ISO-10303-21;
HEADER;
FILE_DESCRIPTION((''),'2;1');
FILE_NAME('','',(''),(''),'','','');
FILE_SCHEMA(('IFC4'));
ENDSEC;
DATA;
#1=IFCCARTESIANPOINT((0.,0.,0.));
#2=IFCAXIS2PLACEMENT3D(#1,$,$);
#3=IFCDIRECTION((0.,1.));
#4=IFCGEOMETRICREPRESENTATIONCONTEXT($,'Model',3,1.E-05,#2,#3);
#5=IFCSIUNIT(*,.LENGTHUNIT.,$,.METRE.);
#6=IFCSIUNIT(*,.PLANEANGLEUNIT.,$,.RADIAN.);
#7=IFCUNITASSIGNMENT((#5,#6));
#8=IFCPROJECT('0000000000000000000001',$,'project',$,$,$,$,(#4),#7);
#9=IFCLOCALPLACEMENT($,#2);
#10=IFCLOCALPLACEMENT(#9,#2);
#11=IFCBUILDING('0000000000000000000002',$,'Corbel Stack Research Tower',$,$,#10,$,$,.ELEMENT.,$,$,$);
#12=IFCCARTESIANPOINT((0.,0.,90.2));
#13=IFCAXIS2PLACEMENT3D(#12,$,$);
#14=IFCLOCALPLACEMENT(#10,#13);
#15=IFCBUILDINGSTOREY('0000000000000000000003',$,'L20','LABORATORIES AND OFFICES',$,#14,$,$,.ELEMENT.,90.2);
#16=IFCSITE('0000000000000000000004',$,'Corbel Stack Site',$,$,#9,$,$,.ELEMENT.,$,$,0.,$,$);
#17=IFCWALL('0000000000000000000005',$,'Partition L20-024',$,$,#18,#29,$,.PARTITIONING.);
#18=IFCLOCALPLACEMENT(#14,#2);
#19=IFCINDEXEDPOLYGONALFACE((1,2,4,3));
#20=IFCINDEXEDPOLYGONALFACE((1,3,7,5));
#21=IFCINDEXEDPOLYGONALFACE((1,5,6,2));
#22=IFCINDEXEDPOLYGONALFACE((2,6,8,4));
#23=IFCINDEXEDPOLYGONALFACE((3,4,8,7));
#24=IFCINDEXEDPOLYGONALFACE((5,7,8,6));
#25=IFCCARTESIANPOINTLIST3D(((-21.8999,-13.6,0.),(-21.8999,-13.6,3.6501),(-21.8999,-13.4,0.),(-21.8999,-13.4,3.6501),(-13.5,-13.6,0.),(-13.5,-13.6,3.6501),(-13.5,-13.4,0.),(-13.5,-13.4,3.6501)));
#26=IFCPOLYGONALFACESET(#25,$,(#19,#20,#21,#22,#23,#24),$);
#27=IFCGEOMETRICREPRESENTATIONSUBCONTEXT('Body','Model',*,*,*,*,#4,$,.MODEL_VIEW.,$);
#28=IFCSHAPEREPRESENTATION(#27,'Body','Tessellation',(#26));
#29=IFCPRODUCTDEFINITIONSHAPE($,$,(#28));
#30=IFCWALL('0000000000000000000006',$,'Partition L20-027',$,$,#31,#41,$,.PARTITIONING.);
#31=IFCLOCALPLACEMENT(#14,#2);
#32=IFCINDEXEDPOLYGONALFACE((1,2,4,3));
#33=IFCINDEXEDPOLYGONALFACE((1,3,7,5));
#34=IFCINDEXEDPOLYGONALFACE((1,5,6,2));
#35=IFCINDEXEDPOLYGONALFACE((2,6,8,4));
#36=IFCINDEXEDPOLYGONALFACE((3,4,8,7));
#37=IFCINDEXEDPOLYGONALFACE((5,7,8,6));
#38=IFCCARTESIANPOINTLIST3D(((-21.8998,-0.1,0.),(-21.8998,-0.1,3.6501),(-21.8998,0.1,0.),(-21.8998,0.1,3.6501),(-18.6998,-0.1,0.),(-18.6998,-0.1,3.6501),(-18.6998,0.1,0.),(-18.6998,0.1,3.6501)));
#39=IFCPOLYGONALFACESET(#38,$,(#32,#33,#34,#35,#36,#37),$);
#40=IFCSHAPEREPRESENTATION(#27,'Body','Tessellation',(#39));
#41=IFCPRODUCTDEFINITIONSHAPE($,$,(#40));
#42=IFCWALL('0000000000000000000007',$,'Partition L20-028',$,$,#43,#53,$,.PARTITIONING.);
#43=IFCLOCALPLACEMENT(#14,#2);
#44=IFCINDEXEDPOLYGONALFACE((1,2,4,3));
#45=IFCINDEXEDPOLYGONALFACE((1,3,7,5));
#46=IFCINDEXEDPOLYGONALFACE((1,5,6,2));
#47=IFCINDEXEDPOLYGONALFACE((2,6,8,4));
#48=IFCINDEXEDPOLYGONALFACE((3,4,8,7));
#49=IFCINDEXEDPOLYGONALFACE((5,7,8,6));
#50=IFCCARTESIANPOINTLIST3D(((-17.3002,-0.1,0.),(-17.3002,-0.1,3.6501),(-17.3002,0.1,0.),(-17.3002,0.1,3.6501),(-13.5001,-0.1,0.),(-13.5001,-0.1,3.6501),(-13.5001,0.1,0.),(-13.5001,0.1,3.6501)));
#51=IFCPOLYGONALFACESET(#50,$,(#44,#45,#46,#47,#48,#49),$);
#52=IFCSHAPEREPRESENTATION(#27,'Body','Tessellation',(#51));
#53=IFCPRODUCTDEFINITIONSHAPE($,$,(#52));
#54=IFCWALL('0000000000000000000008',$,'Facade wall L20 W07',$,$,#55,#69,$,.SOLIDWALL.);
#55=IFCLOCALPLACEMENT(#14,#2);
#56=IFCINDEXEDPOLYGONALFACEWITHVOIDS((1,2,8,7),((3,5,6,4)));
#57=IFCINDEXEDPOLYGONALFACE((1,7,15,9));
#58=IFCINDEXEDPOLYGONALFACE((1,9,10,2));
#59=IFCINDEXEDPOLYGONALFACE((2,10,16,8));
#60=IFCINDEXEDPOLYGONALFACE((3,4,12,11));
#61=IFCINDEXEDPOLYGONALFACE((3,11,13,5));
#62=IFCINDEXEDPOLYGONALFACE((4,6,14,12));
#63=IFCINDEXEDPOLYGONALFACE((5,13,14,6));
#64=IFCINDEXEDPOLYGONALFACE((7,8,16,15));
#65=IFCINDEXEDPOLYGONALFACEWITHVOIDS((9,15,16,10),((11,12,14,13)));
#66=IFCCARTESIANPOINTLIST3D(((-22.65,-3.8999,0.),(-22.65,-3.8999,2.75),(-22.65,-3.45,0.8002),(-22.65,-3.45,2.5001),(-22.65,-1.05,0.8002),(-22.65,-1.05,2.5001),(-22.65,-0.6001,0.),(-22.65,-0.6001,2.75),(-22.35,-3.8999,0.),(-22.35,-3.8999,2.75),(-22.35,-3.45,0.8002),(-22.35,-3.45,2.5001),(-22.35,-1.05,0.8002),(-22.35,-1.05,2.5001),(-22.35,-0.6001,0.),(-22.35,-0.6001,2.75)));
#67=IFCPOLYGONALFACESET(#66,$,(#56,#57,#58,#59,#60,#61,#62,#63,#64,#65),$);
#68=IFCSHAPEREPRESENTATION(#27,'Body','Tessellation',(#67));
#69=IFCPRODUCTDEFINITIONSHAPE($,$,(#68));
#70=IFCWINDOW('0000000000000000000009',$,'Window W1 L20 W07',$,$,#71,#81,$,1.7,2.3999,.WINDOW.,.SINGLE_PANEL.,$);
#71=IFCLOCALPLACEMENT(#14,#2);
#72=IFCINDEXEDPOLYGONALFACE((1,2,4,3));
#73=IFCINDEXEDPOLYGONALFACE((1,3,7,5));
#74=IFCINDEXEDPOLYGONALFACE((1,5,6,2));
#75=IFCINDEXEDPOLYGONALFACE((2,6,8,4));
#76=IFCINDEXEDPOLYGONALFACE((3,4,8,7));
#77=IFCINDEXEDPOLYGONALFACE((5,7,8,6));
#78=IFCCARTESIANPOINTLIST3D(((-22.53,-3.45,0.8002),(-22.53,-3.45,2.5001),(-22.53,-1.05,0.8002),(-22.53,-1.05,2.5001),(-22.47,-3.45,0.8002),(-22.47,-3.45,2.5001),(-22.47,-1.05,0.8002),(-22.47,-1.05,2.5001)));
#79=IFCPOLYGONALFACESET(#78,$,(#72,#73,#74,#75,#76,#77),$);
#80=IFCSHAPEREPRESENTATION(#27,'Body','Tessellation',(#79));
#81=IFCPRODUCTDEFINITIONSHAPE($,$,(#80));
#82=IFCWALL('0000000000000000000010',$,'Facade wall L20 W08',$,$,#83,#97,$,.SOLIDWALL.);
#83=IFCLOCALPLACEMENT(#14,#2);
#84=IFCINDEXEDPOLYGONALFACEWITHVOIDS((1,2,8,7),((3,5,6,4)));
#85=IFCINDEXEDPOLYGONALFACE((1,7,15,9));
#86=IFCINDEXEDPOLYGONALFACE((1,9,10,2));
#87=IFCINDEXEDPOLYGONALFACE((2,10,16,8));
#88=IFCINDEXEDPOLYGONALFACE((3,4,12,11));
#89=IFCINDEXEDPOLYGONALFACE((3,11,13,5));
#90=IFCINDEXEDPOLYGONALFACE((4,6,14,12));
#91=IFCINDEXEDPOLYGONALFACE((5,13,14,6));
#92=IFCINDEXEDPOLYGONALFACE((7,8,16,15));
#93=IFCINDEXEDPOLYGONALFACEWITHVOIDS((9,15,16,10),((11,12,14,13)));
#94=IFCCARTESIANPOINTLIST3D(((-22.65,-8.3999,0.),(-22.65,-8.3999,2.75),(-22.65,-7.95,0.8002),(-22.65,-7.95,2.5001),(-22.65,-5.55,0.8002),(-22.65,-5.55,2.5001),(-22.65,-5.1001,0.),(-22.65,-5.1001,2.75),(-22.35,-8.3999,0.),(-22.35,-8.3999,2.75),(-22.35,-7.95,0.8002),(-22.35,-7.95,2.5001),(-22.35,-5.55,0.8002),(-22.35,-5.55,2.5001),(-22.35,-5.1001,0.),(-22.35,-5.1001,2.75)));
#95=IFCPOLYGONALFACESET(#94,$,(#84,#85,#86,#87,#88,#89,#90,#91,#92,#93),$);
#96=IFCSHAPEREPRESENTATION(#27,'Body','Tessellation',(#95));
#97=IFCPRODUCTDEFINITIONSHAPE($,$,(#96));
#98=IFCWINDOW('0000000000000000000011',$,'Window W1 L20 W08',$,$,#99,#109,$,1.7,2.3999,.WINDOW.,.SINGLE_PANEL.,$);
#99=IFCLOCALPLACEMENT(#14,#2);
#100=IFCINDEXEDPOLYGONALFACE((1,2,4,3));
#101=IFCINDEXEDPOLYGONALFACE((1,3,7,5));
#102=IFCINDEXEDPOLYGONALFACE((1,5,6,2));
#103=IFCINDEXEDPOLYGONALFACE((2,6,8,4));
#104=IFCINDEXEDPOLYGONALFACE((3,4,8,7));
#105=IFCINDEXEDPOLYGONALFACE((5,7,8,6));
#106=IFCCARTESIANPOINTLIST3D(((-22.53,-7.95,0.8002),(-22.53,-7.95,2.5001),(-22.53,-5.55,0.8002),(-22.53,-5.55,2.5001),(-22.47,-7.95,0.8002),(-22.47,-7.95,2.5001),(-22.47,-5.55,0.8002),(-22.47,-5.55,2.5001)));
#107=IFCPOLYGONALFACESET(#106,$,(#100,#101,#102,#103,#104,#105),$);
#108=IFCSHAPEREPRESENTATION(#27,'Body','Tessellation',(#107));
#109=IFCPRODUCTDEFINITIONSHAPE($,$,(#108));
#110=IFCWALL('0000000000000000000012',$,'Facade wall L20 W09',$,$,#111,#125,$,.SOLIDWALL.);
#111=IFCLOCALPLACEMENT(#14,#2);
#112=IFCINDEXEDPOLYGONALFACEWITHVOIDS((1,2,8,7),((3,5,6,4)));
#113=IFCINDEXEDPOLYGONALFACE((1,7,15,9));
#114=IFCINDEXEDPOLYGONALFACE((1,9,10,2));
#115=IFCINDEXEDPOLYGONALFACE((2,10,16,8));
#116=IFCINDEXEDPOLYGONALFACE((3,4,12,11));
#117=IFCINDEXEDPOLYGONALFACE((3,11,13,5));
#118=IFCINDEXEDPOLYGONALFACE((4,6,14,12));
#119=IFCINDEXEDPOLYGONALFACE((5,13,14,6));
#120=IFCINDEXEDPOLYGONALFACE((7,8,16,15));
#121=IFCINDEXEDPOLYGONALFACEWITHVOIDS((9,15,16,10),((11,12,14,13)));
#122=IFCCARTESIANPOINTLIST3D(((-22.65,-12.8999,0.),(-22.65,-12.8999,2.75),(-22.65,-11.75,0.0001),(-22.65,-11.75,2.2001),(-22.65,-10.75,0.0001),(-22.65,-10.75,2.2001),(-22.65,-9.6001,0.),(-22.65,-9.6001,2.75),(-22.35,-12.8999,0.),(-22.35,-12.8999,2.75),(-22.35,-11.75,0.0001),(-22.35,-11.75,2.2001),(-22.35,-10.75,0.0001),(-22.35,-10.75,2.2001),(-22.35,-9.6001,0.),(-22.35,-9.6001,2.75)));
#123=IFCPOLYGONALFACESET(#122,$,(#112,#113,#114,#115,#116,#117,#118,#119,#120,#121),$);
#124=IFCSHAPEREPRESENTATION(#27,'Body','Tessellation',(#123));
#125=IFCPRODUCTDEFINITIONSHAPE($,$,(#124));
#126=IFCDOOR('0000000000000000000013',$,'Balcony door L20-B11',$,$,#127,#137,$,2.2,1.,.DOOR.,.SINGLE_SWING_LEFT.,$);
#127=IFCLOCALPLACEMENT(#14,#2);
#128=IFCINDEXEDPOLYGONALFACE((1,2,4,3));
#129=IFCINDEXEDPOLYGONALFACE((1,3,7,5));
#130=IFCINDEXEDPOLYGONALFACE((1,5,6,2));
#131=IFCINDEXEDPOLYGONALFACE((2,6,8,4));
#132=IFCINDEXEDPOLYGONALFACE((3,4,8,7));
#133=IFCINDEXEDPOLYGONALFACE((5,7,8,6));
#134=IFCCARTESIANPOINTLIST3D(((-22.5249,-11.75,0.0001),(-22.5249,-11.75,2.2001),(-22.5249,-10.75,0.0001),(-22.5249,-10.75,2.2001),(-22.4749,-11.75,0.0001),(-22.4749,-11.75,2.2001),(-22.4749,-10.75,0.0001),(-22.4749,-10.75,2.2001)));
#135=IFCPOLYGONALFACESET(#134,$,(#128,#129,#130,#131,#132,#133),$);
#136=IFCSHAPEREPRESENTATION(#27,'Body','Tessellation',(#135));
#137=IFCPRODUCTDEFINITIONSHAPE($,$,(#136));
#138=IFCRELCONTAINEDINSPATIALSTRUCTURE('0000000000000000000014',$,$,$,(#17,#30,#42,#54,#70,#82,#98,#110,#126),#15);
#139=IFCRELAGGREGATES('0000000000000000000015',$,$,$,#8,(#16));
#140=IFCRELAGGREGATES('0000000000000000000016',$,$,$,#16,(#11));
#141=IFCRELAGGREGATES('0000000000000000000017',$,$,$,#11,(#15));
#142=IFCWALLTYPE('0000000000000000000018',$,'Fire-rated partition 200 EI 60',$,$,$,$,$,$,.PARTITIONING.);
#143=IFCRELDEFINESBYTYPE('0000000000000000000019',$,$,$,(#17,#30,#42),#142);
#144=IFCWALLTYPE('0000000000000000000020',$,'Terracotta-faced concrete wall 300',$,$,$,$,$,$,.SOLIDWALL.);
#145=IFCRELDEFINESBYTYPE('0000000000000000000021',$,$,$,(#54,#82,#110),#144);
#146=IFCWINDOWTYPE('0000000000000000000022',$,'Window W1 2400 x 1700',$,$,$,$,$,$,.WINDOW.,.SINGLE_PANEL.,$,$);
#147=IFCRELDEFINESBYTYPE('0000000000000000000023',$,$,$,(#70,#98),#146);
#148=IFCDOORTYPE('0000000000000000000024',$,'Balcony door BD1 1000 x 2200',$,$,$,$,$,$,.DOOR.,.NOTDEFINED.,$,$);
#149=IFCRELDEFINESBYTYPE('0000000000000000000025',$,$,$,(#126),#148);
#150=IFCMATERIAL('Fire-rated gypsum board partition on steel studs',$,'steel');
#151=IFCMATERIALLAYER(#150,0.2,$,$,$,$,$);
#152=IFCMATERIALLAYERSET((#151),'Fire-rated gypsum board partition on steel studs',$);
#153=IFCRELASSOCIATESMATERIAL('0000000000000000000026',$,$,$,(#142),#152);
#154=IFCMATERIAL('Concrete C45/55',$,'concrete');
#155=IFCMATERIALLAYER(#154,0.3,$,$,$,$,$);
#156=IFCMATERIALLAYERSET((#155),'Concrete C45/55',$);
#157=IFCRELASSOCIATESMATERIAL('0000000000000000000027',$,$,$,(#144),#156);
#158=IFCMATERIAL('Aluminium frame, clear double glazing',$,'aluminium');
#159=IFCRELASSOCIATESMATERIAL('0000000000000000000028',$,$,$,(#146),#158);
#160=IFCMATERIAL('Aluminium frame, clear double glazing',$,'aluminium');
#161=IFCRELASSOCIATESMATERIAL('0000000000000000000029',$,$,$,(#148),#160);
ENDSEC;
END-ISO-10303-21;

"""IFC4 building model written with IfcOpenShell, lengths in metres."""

from ifc_helpers import new_model, si_unit, direction, frame, frame_2d, origin, place, context, subcontext, project, spatial, rectangle, extrude, material, layer, layer_set, type_object, element, fill, save


model = new_model("IFC4")

# Units and contexts
model_context = context("Model", 3, precision=1e-05, world=origin(), true_north=direction((0.0, 1.0)))
body_context = subcontext(model_context, "Body", "Model", "MODEL_VIEW")
ifc_project = project(units=[si_unit("LENGTHUNIT", "METRE"), si_unit("PLANEANGLEUNIT", "RADIAN")], contexts=[model_context])

# Site, building, storey
site_placement = place(None, origin())
site = spatial("IfcSite", under=ifc_project, at=site_placement, Name="Corbel Stack Site", CompositionType="ELEMENT", RefElevation=0.0)
building_placement = place(site_placement, origin())
building = spatial("IfcBuilding", under=site, at=building_placement, Name="Corbel Stack Research Tower", CompositionType="ELEMENT")
storey_placement = place(building_placement, frame((0.0, 0.0, 90.2)))
storey = spatial("IfcBuildingStorey", under=building, at=storey_placement, Name="L20", Description="LABORATORIES AND OFFICES", CompositionType="ELEMENT", Elevation=90.2)

# Shared definitions
ifc_material_1 = material(Name="Fire-rated gypsum board partition on steel studs", Category="steel")
ifc_layer_1 = layer(ifc_material_1, 0.2)
ifc_layer_set_1 = layer_set([ifc_layer_1], Name="Fire-rated gypsum board partition on steel studs")
wall_type_1 = type_object("IfcWallType", Name="Fire-rated partition 200 EI 60", PredefinedType="PARTITIONING", material=ifc_layer_set_1)

# Walls
wall_1_placement = place(storey_placement, frame((-21.8999, -13.5, 0.0), z_axis=(0.0, 0.0, 1.0), x_axis=(1.0, 0.0, 0.0)))
element("IfcWall", 1, at=wall_1_placement, inside=storey, type_object=wall_type_1, Name="Partition L20-024", PredefinedType="PARTITIONING", context=body_context, shape_type="SweptSolid", body=[
    extrude(rectangle(XDim=8.3999, YDim=0.2, at=frame_2d((4.2, 0.0))), origin(), (0.0, 0.0, 1.0), 3.6501),
])
wall_2_placement = place(storey_placement, frame((-21.8999, 0.0, 0.0), z_axis=(0.0, 0.0, 1.0), x_axis=(1.0, 0.0, 0.0)))
element("IfcWall", 2, at=wall_2_placement, inside=storey, type_object=wall_type_1, Name="Partition L20-027", PredefinedType="PARTITIONING", context=body_context, shape_type="SweptSolid", body=[
    extrude(rectangle(XDim=3.2, YDim=0.2, at=frame_2d((1.6001, 0.0))), origin(), (0.0, 0.0, 1.0), 3.6501),
])
wall_3_placement = place(storey_placement, frame((-17.3, 0.0, 0.0), z_axis=(0.0, 0.0, 1.0), x_axis=(1.0, 0.0, 0.0)))
element("IfcWall", 3, at=wall_3_placement, inside=storey, type_object=wall_type_1, Name="Partition L20-028", PredefinedType="PARTITIONING", context=body_context, shape_type="SweptSolid", body=[
    extrude(rectangle(XDim=3.8, YDim=0.2, at=frame_2d((1.8999, 0.0))), origin(), (0.0, 0.0, 1.0), 3.6501),
])

# Walls, openings, windows
ifc_material_2 = material(Name="Concrete C45/55", Category="concrete")
ifc_layer_2 = layer(ifc_material_2, 0.3)
ifc_layer_set_2 = layer_set([ifc_layer_2], Name="Concrete C45/55")
wall_type_2 = type_object("IfcWallType", Name="Terracotta-faced concrete wall 300", PredefinedType="SOLIDWALL", material=ifc_layer_set_2)
wall_4_placement = place(storey_placement, frame((-22.5, -3.8999, 0.0), z_axis=(0.0, 0.0, 1.0), x_axis=(0.0, 1.0, 0.0)))
wall_4 = element("IfcWall", 4, at=wall_4_placement, inside=storey, type_object=wall_type_2, Name="Facade wall L20 W07", PredefinedType="SOLIDWALL", context=body_context, shape_type="SweptSolid", body=[
    extrude(rectangle(XDim=3.2998, YDim=0.3, at=frame_2d((1.6499, 0.0))), origin(), (0.0, 0.0, 1.0), 2.75),
])
opening_1_placement = place(wall_4_placement, frame((0.45, 0.0, 0.8)))
opening_1 = element("IfcOpeningElement", 5, at=opening_1_placement, cuts=wall_4, PredefinedType="OPENING", context=body_context, shape_type="SweptSolid", body=[
    extrude(rectangle(XDim=2.3999, YDim=1.7, at=frame_2d((1.2, 0.8501))), frame((0.0, 0.1599, 0.0), z_axis=(0.0, -1.0, 0.0), x_axis=(1.0, 0.0, 0.0)), (0.0, 0.0, 1.0), 0.3201),
])
ifc_material_3 = material(Name="Aluminium frame, clear double glazing", Category="aluminium")
window_type = type_object("IfcWindowType", Name="Window W1 2400 x 1700", PartitioningType="SINGLE_PANEL", PredefinedType="WINDOW", material=ifc_material_3)
window_1_placement = place(opening_1_placement, origin())
window_1 = element("IfcWindow", 6, at=window_1_placement, inside=storey, type_object=window_type, Name="Window W1 L20 W07", OverallHeight=1.7, OverallWidth=2.3999, PartitioningType="SINGLE_PANEL", PredefinedType="WINDOW", context=body_context, shape_type="SweptSolid", body=[
    extrude(rectangle(XDim=2.3999, YDim=1.7, at=frame_2d((1.2, 0.8501))), frame((0.0, 0.03, 0.0), z_axis=(0.0, -1.0, 0.0), x_axis=(1.0, 0.0, 0.0)), (0.0, 0.0, 1.0), 0.0601),
])
fill(opening_1, window_1)
wall_5_placement = place(storey_placement, frame((-22.5, -8.3999, 0.0), z_axis=(0.0, 0.0, 1.0), x_axis=(0.0, 1.0, 0.0)))
wall_5 = element("IfcWall", 7, at=wall_5_placement, inside=storey, type_object=wall_type_2, Name="Facade wall L20 W08", PredefinedType="SOLIDWALL", context=body_context, shape_type="SweptSolid", body=[
    extrude(rectangle(XDim=3.2998, YDim=0.3, at=frame_2d((1.6499, 0.0))), origin(), (0.0, 0.0, 1.0), 2.75),
])
opening_2_placement = place(wall_5_placement, frame((0.45, 0.0, 0.8)))
opening_2 = element("IfcOpeningElement", 8, at=opening_2_placement, cuts=wall_5, PredefinedType="OPENING", context=body_context, shape_type="SweptSolid", body=[
    extrude(rectangle(XDim=2.3999, YDim=1.7, at=frame_2d((1.2, 0.8501))), frame((0.0, 0.1599, 0.0), z_axis=(0.0, -1.0, 0.0), x_axis=(1.0, 0.0, 0.0)), (0.0, 0.0, 1.0), 0.3201),
])
window_2_placement = place(opening_2_placement, origin())
window_2 = element("IfcWindow", 9, at=window_2_placement, inside=storey, type_object=window_type, Name="Window W1 L20 W08", OverallHeight=1.7, OverallWidth=2.3999, PartitioningType="SINGLE_PANEL", PredefinedType="WINDOW", context=body_context, shape_type="SweptSolid", body=[
    extrude(rectangle(XDim=2.3999, YDim=1.7, at=frame_2d((1.2, 0.8501))), frame((0.0, 0.03, 0.0), z_axis=(0.0, -1.0, 0.0), x_axis=(1.0, 0.0, 0.0)), (0.0, 0.0, 1.0), 0.0601),
])
fill(opening_2, window_2)

# Wall, opening, door
wall_6_placement = place(storey_placement, frame((-22.5, -12.8999, 0.0), z_axis=(0.0, 0.0, 1.0), x_axis=(0.0, 1.0, 0.0)))
wall_6 = element("IfcWall", 10, at=wall_6_placement, inside=storey, type_object=wall_type_2, Name="Facade wall L20 W09", PredefinedType="SOLIDWALL", context=body_context, shape_type="SweptSolid", body=[
    extrude(rectangle(XDim=3.2998, YDim=0.3, at=frame_2d((1.6499, 0.0))), origin(), (0.0, 0.0, 1.0), 2.75),
])
opening_3_placement = place(wall_6_placement, frame((1.1499, 0.0, 0.0)))
opening_3 = element("IfcOpeningElement", 11, at=opening_3_placement, cuts=wall_6, PredefinedType="OPENING", context=body_context, shape_type="SweptSolid", body=[
    extrude(rectangle(XDim=1.0, YDim=2.2, at=frame_2d((0.5, 1.1001))), frame((0.0, 0.1599, 0.0), z_axis=(0.0, -1.0, 0.0), x_axis=(1.0, 0.0, 0.0)), (0.0, 0.0, 1.0), 0.3201),
])
ifc_material_4 = material(Name="Aluminium frame, clear double glazing", Category="aluminium")
door_type_1 = type_object("IfcDoorType", Name="Balcony door BD1 1000 x 2200", OperationType="NOTDEFINED", PredefinedType="DOOR", material=ifc_material_4)
door_1_placement = place(opening_3_placement, origin())
door_1 = element("IfcDoor", 12, at=door_1_placement, inside=storey, type_object=door_type_1, Name="Balcony door L20-B11", OperationType="SINGLE_SWING_LEFT", OverallHeight=2.2, OverallWidth=1.0, PredefinedType="DOOR", context=body_context, shape_type="SweptSolid", body=[
    extrude(rectangle(XDim=1.0, YDim=2.2, at=frame_2d((0.5, 1.1001))), frame((0.0, 0.0249, 0.0), z_axis=(0.0, -1.0, 0.0), x_axis=(1.0, 0.0, 0.0)), (0.0, 0.0, 1.0), 0.05),
])
fill(opening_3, door_1)

save(model, "model.ifc")
